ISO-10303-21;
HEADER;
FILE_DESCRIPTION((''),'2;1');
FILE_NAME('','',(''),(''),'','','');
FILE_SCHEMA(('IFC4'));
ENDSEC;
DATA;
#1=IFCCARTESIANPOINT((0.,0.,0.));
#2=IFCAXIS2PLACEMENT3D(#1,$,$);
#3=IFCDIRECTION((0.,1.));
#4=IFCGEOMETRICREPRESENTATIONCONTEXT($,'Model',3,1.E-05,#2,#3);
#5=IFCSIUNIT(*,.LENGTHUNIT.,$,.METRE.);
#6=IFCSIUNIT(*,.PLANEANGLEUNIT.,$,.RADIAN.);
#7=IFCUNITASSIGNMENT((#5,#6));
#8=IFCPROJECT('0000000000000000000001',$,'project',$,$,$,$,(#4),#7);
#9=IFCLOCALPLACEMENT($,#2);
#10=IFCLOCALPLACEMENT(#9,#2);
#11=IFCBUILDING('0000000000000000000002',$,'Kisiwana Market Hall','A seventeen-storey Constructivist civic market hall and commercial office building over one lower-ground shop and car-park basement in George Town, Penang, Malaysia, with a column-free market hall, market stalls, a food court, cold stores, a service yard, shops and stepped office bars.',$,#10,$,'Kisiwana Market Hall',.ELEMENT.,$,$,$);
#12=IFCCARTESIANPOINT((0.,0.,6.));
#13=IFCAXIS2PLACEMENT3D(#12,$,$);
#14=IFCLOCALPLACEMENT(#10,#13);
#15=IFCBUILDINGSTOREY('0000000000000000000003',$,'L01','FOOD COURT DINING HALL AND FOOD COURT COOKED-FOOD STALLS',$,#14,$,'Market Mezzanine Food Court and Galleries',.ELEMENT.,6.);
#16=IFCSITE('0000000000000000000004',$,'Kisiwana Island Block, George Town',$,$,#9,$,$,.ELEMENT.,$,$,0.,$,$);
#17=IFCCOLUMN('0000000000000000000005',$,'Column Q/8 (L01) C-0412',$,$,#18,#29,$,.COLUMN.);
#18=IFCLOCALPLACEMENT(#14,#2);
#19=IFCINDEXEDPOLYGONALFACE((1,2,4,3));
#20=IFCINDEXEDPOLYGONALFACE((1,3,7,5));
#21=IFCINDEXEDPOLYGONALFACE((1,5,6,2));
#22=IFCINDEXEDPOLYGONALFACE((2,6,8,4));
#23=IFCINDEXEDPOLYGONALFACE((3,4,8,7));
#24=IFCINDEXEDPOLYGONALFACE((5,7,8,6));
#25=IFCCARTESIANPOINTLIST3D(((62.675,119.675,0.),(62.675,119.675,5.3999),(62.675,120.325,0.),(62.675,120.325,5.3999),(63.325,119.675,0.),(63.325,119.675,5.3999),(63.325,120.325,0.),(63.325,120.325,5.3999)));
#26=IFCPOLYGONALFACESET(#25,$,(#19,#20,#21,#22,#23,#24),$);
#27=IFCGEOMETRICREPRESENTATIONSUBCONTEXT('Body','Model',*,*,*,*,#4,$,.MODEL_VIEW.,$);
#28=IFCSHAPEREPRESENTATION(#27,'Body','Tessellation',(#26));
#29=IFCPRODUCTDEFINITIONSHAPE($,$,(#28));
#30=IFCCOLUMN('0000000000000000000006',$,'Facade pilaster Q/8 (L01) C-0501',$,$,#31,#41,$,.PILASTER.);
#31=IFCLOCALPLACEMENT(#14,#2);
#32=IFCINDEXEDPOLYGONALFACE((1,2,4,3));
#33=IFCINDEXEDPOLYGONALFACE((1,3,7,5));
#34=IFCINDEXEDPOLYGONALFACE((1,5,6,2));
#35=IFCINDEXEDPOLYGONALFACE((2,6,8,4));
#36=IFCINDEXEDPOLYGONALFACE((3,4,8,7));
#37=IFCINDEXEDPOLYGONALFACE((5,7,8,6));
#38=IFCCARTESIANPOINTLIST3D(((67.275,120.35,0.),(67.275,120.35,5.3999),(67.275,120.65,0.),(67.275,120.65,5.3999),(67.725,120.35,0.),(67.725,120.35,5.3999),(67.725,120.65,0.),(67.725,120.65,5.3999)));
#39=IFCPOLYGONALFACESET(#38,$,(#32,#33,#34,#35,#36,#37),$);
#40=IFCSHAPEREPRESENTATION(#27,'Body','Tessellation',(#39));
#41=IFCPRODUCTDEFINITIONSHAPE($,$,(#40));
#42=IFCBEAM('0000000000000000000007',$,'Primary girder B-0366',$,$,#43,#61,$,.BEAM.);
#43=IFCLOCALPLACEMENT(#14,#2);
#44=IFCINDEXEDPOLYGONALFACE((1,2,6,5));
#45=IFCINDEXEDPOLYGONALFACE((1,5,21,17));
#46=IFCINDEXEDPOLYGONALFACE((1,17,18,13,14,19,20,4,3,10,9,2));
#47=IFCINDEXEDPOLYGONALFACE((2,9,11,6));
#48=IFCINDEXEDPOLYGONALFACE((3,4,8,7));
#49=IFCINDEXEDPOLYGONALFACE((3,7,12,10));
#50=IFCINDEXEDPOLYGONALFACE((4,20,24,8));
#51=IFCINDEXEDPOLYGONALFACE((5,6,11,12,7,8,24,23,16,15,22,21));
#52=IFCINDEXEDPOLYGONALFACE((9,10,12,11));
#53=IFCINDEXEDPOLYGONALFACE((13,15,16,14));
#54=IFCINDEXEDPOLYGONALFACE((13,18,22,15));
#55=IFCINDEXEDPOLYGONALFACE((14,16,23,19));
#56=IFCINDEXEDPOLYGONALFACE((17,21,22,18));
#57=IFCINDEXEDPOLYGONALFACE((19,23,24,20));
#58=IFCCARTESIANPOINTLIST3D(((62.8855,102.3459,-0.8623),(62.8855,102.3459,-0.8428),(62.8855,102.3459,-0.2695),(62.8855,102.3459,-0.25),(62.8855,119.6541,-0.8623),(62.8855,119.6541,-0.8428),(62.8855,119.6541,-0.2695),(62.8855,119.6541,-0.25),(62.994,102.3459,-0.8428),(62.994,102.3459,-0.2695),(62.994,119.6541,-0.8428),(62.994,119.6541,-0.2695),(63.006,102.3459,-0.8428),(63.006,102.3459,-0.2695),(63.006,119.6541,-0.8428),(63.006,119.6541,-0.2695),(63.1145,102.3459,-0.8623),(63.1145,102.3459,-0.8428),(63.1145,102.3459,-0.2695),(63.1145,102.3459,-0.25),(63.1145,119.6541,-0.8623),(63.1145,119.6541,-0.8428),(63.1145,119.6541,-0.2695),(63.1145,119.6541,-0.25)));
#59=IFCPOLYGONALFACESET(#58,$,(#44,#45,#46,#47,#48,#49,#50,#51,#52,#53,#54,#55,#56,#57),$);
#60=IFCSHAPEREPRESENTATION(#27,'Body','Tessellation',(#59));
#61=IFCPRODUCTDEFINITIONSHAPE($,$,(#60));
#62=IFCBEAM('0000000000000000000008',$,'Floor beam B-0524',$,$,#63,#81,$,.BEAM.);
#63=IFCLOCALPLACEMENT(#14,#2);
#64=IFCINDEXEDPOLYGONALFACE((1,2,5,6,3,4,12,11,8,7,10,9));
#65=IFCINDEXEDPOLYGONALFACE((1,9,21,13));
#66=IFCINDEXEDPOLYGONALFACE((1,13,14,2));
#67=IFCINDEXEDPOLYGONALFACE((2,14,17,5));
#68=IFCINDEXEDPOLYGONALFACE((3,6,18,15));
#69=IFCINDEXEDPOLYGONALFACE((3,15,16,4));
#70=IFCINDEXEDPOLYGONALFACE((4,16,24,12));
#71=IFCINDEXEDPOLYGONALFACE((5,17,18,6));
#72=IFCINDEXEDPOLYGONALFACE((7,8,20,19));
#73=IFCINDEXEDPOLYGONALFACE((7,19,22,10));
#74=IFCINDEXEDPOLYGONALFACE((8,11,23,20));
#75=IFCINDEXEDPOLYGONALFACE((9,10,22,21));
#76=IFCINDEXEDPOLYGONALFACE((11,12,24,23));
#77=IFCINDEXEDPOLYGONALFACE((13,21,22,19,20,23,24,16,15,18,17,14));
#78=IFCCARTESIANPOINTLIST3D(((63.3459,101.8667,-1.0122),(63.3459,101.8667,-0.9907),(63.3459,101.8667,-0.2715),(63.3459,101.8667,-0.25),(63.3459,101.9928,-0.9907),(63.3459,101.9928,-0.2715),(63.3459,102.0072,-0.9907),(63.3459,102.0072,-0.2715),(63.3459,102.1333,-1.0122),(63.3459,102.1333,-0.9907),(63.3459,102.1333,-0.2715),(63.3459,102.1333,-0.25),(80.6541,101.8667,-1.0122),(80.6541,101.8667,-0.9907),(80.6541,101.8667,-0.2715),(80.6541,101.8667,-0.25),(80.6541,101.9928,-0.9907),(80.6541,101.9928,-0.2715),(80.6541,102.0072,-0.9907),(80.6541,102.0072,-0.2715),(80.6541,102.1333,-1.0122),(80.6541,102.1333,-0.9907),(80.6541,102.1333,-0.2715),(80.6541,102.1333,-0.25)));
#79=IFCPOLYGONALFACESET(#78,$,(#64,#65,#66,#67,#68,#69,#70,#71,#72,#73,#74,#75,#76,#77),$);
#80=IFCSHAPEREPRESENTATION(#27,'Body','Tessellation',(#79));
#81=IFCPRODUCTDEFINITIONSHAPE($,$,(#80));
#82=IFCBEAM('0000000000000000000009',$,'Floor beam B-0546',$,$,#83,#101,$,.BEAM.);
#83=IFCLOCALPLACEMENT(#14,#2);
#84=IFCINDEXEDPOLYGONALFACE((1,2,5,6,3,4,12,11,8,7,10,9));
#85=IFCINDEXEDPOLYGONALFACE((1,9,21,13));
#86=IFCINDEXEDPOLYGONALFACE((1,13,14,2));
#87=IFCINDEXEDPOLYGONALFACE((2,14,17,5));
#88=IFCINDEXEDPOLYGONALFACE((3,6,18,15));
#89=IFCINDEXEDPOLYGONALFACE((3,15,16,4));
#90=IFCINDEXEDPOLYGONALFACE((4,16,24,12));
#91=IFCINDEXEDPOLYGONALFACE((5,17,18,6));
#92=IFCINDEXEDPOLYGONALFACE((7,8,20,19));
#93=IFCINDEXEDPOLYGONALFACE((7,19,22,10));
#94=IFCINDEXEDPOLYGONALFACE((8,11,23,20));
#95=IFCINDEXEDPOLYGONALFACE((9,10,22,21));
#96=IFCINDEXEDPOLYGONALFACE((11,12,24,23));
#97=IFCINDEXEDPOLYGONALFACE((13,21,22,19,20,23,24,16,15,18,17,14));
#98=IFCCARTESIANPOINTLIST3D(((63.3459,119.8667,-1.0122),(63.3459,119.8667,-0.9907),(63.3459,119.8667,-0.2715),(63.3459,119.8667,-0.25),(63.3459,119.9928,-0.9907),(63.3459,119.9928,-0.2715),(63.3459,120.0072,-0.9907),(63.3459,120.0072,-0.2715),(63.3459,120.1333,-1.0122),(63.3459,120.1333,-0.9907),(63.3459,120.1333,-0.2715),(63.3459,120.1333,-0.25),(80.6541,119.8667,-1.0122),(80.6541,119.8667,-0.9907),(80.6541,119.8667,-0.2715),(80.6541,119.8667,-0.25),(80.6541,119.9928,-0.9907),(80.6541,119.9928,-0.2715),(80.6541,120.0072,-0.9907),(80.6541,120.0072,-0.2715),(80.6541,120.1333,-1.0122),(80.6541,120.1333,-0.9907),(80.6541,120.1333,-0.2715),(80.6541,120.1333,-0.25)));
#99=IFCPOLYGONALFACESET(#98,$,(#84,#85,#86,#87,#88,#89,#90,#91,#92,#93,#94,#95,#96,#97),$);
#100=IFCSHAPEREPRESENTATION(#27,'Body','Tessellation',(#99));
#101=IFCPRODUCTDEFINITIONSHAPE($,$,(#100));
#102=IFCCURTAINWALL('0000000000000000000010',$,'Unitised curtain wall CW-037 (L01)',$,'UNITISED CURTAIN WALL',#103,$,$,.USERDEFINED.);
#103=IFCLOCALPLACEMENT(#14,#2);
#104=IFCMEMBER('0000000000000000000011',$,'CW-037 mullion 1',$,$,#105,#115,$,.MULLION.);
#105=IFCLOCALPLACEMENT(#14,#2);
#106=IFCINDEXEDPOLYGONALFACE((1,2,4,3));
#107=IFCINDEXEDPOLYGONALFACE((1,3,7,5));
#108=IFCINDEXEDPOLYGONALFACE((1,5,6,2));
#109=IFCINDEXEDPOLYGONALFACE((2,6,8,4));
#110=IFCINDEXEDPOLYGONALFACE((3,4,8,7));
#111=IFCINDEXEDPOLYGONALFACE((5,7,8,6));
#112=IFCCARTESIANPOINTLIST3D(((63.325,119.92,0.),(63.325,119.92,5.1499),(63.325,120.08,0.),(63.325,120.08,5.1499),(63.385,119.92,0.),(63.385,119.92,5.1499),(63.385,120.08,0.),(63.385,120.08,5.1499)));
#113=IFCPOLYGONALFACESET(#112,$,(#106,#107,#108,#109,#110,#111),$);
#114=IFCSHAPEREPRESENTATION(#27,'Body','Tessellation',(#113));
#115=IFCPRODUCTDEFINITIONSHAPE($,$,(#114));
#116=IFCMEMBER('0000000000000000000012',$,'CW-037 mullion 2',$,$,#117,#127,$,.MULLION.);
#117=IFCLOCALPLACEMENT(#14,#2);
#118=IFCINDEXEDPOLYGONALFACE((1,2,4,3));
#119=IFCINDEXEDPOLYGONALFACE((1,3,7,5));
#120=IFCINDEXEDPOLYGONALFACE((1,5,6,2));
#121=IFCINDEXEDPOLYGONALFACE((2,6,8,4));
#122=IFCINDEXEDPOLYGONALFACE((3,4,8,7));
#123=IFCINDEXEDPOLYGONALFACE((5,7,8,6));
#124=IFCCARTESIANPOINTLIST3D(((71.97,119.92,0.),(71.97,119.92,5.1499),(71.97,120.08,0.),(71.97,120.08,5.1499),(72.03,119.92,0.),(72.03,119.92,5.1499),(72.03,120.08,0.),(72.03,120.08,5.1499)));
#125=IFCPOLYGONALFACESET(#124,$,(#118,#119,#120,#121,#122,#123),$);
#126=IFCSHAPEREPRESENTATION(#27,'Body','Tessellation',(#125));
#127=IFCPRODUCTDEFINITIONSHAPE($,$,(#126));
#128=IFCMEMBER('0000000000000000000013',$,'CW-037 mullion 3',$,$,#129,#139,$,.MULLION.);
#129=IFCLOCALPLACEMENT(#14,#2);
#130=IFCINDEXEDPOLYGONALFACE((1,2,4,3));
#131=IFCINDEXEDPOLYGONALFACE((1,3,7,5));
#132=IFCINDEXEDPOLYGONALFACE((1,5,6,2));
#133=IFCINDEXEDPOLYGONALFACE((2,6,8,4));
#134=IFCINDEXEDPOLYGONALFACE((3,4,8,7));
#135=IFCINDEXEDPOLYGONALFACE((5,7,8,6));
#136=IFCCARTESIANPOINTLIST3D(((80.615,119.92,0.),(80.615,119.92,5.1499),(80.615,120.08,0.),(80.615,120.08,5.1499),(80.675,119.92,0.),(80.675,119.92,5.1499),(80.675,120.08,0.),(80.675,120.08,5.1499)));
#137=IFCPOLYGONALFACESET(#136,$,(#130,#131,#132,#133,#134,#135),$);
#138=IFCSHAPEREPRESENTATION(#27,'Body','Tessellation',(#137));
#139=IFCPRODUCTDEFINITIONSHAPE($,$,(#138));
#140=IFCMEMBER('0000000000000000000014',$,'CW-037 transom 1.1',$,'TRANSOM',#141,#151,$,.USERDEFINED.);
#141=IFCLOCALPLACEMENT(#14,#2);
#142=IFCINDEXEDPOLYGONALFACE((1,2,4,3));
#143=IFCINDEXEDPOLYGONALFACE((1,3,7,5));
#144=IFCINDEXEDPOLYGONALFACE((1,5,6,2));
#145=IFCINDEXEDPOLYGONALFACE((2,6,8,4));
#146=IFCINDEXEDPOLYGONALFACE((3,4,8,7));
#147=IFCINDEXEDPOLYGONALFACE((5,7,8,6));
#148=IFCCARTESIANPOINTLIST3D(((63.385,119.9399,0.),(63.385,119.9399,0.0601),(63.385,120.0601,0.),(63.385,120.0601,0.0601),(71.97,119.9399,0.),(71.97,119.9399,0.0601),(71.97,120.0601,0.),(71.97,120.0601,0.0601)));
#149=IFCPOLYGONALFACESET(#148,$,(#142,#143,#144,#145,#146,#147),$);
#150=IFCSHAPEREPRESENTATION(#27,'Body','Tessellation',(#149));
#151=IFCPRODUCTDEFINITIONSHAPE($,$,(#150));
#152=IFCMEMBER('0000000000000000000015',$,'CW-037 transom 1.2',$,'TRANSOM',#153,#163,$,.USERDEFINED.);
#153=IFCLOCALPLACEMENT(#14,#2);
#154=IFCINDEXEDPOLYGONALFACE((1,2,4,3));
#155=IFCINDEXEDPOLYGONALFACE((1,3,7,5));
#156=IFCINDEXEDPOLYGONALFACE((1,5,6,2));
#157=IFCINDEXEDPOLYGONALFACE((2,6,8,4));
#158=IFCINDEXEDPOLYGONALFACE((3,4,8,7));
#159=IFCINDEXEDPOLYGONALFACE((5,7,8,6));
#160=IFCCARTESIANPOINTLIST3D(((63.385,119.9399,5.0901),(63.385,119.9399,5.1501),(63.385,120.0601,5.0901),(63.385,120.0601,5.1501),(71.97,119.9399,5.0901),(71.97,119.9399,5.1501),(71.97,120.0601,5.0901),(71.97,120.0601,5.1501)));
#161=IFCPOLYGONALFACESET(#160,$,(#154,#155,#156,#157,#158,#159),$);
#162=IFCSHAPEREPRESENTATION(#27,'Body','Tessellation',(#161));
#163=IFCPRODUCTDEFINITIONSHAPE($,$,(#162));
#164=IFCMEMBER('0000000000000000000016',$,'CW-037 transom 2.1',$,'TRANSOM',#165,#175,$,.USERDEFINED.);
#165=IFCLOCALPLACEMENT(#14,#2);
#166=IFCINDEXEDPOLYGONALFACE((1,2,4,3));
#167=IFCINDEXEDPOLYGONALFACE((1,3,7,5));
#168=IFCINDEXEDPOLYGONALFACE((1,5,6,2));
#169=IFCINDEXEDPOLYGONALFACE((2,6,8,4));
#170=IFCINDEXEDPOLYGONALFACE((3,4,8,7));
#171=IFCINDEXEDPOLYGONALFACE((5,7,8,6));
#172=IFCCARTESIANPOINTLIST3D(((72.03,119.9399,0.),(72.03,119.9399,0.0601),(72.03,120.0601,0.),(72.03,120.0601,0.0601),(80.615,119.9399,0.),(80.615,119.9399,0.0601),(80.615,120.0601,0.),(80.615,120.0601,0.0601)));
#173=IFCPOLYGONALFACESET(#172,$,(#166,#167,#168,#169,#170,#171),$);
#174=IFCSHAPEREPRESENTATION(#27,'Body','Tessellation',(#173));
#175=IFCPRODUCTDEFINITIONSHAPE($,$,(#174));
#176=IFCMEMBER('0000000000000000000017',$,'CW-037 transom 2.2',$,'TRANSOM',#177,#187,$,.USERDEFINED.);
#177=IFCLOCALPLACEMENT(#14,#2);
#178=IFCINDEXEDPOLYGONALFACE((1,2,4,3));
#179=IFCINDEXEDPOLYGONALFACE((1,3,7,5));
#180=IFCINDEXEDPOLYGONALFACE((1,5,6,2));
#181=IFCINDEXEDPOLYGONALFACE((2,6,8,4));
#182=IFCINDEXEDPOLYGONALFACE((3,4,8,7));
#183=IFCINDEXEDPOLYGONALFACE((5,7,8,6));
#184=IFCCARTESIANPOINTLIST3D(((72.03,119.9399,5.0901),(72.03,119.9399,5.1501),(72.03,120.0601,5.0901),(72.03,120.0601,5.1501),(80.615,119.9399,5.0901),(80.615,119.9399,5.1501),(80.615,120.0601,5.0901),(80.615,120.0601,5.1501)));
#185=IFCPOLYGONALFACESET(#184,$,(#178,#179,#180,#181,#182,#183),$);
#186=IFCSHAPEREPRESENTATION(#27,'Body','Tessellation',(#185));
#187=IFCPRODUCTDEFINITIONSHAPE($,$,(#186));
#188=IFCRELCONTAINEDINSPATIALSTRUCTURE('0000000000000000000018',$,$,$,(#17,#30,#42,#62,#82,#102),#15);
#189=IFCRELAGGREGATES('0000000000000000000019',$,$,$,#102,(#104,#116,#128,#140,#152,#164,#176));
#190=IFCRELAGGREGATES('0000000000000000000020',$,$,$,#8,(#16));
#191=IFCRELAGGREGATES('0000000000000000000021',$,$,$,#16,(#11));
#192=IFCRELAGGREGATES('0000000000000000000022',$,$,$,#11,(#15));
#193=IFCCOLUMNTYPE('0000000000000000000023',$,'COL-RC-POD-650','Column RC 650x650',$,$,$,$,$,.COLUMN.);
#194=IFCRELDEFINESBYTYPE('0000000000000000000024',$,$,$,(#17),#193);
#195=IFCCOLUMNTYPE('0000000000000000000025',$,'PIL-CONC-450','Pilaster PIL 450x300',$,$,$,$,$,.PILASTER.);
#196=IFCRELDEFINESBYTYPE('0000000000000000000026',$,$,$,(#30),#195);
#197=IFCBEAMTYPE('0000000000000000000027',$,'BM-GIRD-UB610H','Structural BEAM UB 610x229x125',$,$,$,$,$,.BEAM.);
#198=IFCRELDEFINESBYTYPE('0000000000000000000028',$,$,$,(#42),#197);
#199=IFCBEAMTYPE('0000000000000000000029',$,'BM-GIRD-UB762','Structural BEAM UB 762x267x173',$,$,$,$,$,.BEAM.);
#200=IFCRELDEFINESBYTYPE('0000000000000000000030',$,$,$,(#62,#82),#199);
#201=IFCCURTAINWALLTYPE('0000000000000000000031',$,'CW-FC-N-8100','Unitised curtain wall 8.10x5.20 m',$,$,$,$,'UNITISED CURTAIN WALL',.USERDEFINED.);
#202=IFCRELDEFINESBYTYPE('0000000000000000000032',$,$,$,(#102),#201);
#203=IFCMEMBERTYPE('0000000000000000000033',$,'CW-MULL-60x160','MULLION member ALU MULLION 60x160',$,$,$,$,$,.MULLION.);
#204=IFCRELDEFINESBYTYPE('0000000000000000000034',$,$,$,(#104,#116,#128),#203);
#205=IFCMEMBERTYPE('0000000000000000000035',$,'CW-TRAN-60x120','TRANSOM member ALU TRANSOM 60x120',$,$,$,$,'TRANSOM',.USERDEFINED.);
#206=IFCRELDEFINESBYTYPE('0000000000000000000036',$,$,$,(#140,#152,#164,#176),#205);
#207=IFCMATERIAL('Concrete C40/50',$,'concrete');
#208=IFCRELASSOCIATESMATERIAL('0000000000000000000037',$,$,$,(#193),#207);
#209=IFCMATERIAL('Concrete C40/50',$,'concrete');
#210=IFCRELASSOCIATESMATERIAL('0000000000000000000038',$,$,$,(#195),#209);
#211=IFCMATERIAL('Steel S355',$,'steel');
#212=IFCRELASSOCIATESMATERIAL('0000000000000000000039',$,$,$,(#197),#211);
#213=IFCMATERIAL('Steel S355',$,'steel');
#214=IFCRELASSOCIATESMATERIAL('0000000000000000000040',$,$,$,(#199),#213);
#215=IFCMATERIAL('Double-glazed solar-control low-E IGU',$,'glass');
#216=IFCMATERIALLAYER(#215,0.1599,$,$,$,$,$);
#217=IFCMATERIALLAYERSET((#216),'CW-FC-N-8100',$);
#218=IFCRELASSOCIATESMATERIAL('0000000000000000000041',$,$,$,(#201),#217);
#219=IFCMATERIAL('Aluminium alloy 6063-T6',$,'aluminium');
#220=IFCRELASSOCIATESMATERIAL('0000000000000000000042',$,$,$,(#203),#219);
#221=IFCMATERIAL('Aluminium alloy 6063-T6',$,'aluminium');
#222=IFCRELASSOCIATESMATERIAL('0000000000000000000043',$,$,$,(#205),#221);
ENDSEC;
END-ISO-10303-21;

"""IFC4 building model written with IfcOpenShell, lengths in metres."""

from ifc_helpers import new_model, si_unit, direction, frame, origin, origin_2d, place, context, subcontext, project, spatial, rectangle, i_section, extrude, material, layer, layer_set, material_profile, profile_set, type_object, element, aggregate, save


model = new_model("IFC4")

# Units and contexts
model_context = context("Model", 3, precision=1e-05, world=origin(), true_north=direction((0.0, 1.0)))
body_context = subcontext(model_context, "Body", "Model", "MODEL_VIEW")
ifc_project = project(units=[si_unit("LENGTHUNIT", "METRE"), si_unit("PLANEANGLEUNIT", "RADIAN")], contexts=[model_context])

# Site, building, storey
site_placement = place(None, origin())
site = spatial("IfcSite", under=ifc_project, at=site_placement, Name="Kisiwana Island Block, George Town", CompositionType="ELEMENT", RefElevation=0.0)
building_placement = place(site_placement, origin())
building = spatial("IfcBuilding", under=site, at=building_placement, Name="Kisiwana Market Hall", Description="A seventeen-storey Constructivist civic market hall and commercial office building over one lower-ground shop and car-park basement in George Town, Penang, Malaysia, with a column-free market hall, market stalls, a food court, cold stores, a service yard, shops and stepped office bars.", LongName="Kisiwana Market Hall", CompositionType="ELEMENT")
storey_placement = place(building_placement, frame((0.0, 0.0, 6.0)))
storey = spatial("IfcBuildingStorey", under=building, at=storey_placement, Name="L01", Description="FOOD COURT DINING HALL AND FOOD COURT COOKED-FOOD STALLS", LongName="Market Mezzanine Food Court and Galleries", CompositionType="ELEMENT", Elevation=6.0)

# Columns
ifc_material_1 = material(Name="Concrete C40/50", Category="concrete")
ifc_material_profile_1 = material_profile(ifc_material_1, rectangle(XDim=0.6499, YDim=0.6499, at=origin_2d()), Name="RC 650x650")
ifc_profile_set_1 = profile_set([ifc_material_profile_1], Name="Concrete C40/50")
column_type_1 = type_object("IfcColumnType", Name="COL-RC-POD-650", Description="Column RC 650x650", PredefinedType="COLUMN", material=ifc_profile_set_1)
column_1_placement = place(storey_placement, frame((63.0, 120.0, 0.0), z_axis=(0.0, 0.0, 1.0), x_axis=(1.0, 0.0, 0.0)))
element("IfcColumn", 1, at=column_1_placement, inside=storey, type_object=column_type_1, Name="Column Q/8 (L01) C-0412", PredefinedType="COLUMN", context=body_context, shape_type="SweptSolid", body=[
    extrude(rectangle(XDim=0.6499, YDim=0.6499, at=origin_2d()), origin(), (0.0, 0.0, 1.0), 5.3999),
])
ifc_material_2 = material(Name="Concrete C40/50", Category="concrete")
ifc_material_profile_2 = material_profile(ifc_material_2, rectangle(XDim=0.45, YDim=0.3, at=origin_2d()), Name="PIL 450x300")
ifc_profile_set_2 = profile_set([ifc_material_profile_2], Name="Concrete C40/50")
column_type_2 = type_object("IfcColumnType", Name="PIL-CONC-450", Description="Pilaster PIL 450x300", PredefinedType="PILASTER", material=ifc_profile_set_2)
column_2_placement = place(storey_placement, frame((67.5, 120.5, 0.0), z_axis=(0.0, 0.0, 1.0), x_axis=(1.0, 0.0, 0.0)))
element("IfcColumn", 2, at=column_2_placement, inside=storey, type_object=column_type_2, Name="Facade pilaster Q/8 (L01) C-0501", PredefinedType="PILASTER", context=body_context, shape_type="SweptSolid", body=[
    extrude(rectangle(XDim=0.45, YDim=0.3, at=origin_2d()), origin(), (0.0, 0.0, 1.0), 5.3999),
])

# Beams
ifc_material_3 = material(Name="Steel S355", Category="steel")
ifc_material_profile_3 = material_profile(ifc_material_3, i_section(OverallWidth=0.229, OverallDepth=0.6123, WebThickness=0.012, FlangeThickness=0.0195, at=origin_2d()), Name="UB 610x229x125")
ifc_profile_set_3 = profile_set([ifc_material_profile_3], Name="Steel S355")
beam_type_1 = type_object("IfcBeamType", Name="BM-GIRD-UB610H", Description="Structural BEAM UB 610x229x125", PredefinedType="BEAM", material=ifc_profile_set_3)
beam_placement = place(storey_placement, frame((63.0, 102.3459, -0.5562), z_axis=(0.0, 1.0, 0.0), x_axis=(-1.0, 0.0, 0.0)))
element("IfcBeam", 3, at=beam_placement, inside=storey, type_object=beam_type_1, Name="Primary girder B-0366", PredefinedType="BEAM", context=body_context, shape_type="SweptSolid", body=[
    extrude(i_section(OverallWidth=0.229, OverallDepth=0.6123, WebThickness=0.012, FlangeThickness=0.0195, at=origin_2d()), origin(), (0.0, 0.0, 1.0), 17.3081),
])
ifc_material_4 = material(Name="Steel S355", Category="steel")
ifc_material_profile_4 = material_profile(ifc_material_4, i_section(OverallWidth=0.2666, OverallDepth=0.7622, WebThickness=0.0144, FlangeThickness=0.0215, at=origin_2d()), Name="UB 762x267x173")
ifc_profile_set_4 = profile_set([ifc_material_profile_4], Name="Steel S355")
beam_type_2 = type_object("IfcBeamType", Name="BM-GIRD-UB762", Description="Structural BEAM UB 762x267x173", PredefinedType="BEAM", material=ifc_profile_set_4)
for number, where, z_axis, x_axis, name in (
    (4, (63.3459, 102.0, -0.6311), (1.0, 0.0, 0.0), (0.0, 1.0, 0.0), "Floor beam B-0524"),
    (5, (63.3459, 120.0, -0.6311), (1.0, 0.0, 0.0), (0.0, 1.0, 0.0), "Floor beam B-0546"),
):
    element("IfcBeam", number, at=place(storey_placement, frame(where, z_axis=z_axis, x_axis=x_axis)), inside=storey, type_object=beam_type_2, Name=name, PredefinedType="BEAM", context=body_context, shape_type="SweptSolid", body=[
        extrude(i_section(OverallWidth=0.2666, OverallDepth=0.7622, WebThickness=0.0144, FlangeThickness=0.0215, at=origin_2d()), origin(), (0.0, 0.0, 1.0), 17.3081),
    ])

# Curtain wall, members
ifc_material_5 = material(Name="Double-glazed solar-control low-E IGU", Category="glass")
ifc_layer_1 = layer(ifc_material_5, 0.1599)
ifc_layer_set_1 = layer_set([ifc_layer_1], Name="CW-FC-N-8100")
curtain_wall_type = type_object("IfcCurtainWallType", Name="CW-FC-N-8100", Description="Unitised curtain wall 8.10x5.20 m", ElementType="UNITISED CURTAIN WALL", PredefinedType="USERDEFINED", material=ifc_layer_set_1)
curtain_wall_placement = place(storey_placement, origin())
curtain_wall = element("IfcCurtainWall", 6, at=curtain_wall_placement, inside=storey, type_object=curtain_wall_type, Name="Unitised curtain wall CW-037 (L01)", ObjectType="UNITISED CURTAIN WALL", PredefinedType="USERDEFINED")
ifc_material_6 = material(Name="Aluminium alloy 6063-T6", Category="aluminium")
ifc_material_profile_5 = material_profile(ifc_material_6, rectangle(XDim=0.0601, YDim=0.1599, at=origin_2d()), Name="ALU MULLION 60x160")
ifc_profile_set_5 = profile_set([ifc_material_profile_5], Name="Aluminium alloy 6063-T6")
member_type_1 = type_object("IfcMemberType", Name="CW-MULL-60x160", Description="MULLION member ALU MULLION 60x160", PredefinedType="MULLION", material=ifc_profile_set_5)
member_1_placement = place(storey_placement, frame((63.355, 120.0, 0.0), z_axis=(0.0, 0.0, 1.0), x_axis=(1.0, 0.0, 0.0)))
member_1 = element("IfcMember", 7, at=member_1_placement, type_object=member_type_1, Name="CW-037 mullion 1", PredefinedType="MULLION", context=body_context, shape_type="SweptSolid", body=[
    extrude(rectangle(XDim=0.0601, YDim=0.1599, at=origin_2d()), origin(), (0.0, 0.0, 1.0), 5.1499),
])
member_2_placement = place(storey_placement, frame((72.0, 120.0, 0.0), z_axis=(0.0, 0.0, 1.0), x_axis=(1.0, 0.0, 0.0)))
member_2 = element("IfcMember", 8, at=member_2_placement, type_object=member_type_1, Name="CW-037 mullion 2", PredefinedType="MULLION", context=body_context, shape_type="SweptSolid", body=[
    extrude(rectangle(XDim=0.0601, YDim=0.1599, at=origin_2d()), origin(), (0.0, 0.0, 1.0), 5.1499),
])
member_3_placement = place(storey_placement, frame((80.645, 120.0, 0.0), z_axis=(0.0, 0.0, 1.0), x_axis=(1.0, 0.0, 0.0)))
member_3 = element("IfcMember", 9, at=member_3_placement, type_object=member_type_1, Name="CW-037 mullion 3", PredefinedType="MULLION", context=body_context, shape_type="SweptSolid", body=[
    extrude(rectangle(XDim=0.0601, YDim=0.1599, at=origin_2d()), origin(), (0.0, 0.0, 1.0), 5.1499),
])
ifc_material_7 = material(Name="Aluminium alloy 6063-T6", Category="aluminium")
ifc_material_profile_6 = material_profile(ifc_material_7, rectangle(XDim=0.1201, YDim=0.0601, at=origin_2d()), Name="ALU TRANSOM 60x120")
ifc_profile_set_6 = profile_set([ifc_material_profile_6], Name="Aluminium alloy 6063-T6")
member_type_2 = type_object("IfcMemberType", Name="CW-TRAN-60x120", Description="TRANSOM member ALU TRANSOM 60x120", ElementType="TRANSOM", PredefinedType="USERDEFINED", material=ifc_profile_set_6)
member_4_placement = place(storey_placement, frame((63.385, 120.0, 0.03), z_axis=(1.0, 0.0, 0.0), x_axis=(0.0, 1.0, 0.0)))
member_4 = element("IfcMember", 10, at=member_4_placement, type_object=member_type_2, Name="CW-037 transom 1.1", ObjectType="TRANSOM", PredefinedType="USERDEFINED", context=body_context, shape_type="SweptSolid", body=[
    extrude(rectangle(XDim=0.1201, YDim=0.0601, at=origin_2d()), origin(), (0.0, 0.0, 1.0), 8.585),
])
member_5_placement = place(storey_placement, frame((63.385, 120.0, 5.1201), z_axis=(1.0, 0.0, 0.0), x_axis=(0.0, 1.0, 0.0)))
member_5 = element("IfcMember", 11, at=member_5_placement, type_object=member_type_2, Name="CW-037 transom 1.2", ObjectType="TRANSOM", PredefinedType="USERDEFINED", context=body_context, shape_type="SweptSolid", body=[
    extrude(rectangle(XDim=0.1201, YDim=0.0601, at=origin_2d()), origin(), (0.0, 0.0, 1.0), 8.585),
])
member_6_placement = place(storey_placement, frame((72.03, 120.0, 0.03), z_axis=(1.0, 0.0, 0.0), x_axis=(0.0, 1.0, 0.0)))
member_6 = element("IfcMember", 12, at=member_6_placement, type_object=member_type_2, Name="CW-037 transom 2.1", ObjectType="TRANSOM", PredefinedType="USERDEFINED", context=body_context, shape_type="SweptSolid", body=[
    extrude(rectangle(XDim=0.1201, YDim=0.0601, at=origin_2d()), origin(), (0.0, 0.0, 1.0), 8.585),
])
member_7_placement = place(storey_placement, frame((72.03, 120.0, 5.1201), z_axis=(1.0, 0.0, 0.0), x_axis=(0.0, 1.0, 0.0)))
member_7 = element("IfcMember", 13, at=member_7_placement, type_object=member_type_2, Name="CW-037 transom 2.2", ObjectType="TRANSOM", PredefinedType="USERDEFINED", context=body_context, shape_type="SweptSolid", body=[
    extrude(rectangle(XDim=0.1201, YDim=0.0601, at=origin_2d()), origin(), (0.0, 0.0, 1.0), 8.585),
])
aggregate(curtain_wall, [member_1, member_2, member_3, member_4, member_5, member_6, member_7])

save(model, "model.ifc")
